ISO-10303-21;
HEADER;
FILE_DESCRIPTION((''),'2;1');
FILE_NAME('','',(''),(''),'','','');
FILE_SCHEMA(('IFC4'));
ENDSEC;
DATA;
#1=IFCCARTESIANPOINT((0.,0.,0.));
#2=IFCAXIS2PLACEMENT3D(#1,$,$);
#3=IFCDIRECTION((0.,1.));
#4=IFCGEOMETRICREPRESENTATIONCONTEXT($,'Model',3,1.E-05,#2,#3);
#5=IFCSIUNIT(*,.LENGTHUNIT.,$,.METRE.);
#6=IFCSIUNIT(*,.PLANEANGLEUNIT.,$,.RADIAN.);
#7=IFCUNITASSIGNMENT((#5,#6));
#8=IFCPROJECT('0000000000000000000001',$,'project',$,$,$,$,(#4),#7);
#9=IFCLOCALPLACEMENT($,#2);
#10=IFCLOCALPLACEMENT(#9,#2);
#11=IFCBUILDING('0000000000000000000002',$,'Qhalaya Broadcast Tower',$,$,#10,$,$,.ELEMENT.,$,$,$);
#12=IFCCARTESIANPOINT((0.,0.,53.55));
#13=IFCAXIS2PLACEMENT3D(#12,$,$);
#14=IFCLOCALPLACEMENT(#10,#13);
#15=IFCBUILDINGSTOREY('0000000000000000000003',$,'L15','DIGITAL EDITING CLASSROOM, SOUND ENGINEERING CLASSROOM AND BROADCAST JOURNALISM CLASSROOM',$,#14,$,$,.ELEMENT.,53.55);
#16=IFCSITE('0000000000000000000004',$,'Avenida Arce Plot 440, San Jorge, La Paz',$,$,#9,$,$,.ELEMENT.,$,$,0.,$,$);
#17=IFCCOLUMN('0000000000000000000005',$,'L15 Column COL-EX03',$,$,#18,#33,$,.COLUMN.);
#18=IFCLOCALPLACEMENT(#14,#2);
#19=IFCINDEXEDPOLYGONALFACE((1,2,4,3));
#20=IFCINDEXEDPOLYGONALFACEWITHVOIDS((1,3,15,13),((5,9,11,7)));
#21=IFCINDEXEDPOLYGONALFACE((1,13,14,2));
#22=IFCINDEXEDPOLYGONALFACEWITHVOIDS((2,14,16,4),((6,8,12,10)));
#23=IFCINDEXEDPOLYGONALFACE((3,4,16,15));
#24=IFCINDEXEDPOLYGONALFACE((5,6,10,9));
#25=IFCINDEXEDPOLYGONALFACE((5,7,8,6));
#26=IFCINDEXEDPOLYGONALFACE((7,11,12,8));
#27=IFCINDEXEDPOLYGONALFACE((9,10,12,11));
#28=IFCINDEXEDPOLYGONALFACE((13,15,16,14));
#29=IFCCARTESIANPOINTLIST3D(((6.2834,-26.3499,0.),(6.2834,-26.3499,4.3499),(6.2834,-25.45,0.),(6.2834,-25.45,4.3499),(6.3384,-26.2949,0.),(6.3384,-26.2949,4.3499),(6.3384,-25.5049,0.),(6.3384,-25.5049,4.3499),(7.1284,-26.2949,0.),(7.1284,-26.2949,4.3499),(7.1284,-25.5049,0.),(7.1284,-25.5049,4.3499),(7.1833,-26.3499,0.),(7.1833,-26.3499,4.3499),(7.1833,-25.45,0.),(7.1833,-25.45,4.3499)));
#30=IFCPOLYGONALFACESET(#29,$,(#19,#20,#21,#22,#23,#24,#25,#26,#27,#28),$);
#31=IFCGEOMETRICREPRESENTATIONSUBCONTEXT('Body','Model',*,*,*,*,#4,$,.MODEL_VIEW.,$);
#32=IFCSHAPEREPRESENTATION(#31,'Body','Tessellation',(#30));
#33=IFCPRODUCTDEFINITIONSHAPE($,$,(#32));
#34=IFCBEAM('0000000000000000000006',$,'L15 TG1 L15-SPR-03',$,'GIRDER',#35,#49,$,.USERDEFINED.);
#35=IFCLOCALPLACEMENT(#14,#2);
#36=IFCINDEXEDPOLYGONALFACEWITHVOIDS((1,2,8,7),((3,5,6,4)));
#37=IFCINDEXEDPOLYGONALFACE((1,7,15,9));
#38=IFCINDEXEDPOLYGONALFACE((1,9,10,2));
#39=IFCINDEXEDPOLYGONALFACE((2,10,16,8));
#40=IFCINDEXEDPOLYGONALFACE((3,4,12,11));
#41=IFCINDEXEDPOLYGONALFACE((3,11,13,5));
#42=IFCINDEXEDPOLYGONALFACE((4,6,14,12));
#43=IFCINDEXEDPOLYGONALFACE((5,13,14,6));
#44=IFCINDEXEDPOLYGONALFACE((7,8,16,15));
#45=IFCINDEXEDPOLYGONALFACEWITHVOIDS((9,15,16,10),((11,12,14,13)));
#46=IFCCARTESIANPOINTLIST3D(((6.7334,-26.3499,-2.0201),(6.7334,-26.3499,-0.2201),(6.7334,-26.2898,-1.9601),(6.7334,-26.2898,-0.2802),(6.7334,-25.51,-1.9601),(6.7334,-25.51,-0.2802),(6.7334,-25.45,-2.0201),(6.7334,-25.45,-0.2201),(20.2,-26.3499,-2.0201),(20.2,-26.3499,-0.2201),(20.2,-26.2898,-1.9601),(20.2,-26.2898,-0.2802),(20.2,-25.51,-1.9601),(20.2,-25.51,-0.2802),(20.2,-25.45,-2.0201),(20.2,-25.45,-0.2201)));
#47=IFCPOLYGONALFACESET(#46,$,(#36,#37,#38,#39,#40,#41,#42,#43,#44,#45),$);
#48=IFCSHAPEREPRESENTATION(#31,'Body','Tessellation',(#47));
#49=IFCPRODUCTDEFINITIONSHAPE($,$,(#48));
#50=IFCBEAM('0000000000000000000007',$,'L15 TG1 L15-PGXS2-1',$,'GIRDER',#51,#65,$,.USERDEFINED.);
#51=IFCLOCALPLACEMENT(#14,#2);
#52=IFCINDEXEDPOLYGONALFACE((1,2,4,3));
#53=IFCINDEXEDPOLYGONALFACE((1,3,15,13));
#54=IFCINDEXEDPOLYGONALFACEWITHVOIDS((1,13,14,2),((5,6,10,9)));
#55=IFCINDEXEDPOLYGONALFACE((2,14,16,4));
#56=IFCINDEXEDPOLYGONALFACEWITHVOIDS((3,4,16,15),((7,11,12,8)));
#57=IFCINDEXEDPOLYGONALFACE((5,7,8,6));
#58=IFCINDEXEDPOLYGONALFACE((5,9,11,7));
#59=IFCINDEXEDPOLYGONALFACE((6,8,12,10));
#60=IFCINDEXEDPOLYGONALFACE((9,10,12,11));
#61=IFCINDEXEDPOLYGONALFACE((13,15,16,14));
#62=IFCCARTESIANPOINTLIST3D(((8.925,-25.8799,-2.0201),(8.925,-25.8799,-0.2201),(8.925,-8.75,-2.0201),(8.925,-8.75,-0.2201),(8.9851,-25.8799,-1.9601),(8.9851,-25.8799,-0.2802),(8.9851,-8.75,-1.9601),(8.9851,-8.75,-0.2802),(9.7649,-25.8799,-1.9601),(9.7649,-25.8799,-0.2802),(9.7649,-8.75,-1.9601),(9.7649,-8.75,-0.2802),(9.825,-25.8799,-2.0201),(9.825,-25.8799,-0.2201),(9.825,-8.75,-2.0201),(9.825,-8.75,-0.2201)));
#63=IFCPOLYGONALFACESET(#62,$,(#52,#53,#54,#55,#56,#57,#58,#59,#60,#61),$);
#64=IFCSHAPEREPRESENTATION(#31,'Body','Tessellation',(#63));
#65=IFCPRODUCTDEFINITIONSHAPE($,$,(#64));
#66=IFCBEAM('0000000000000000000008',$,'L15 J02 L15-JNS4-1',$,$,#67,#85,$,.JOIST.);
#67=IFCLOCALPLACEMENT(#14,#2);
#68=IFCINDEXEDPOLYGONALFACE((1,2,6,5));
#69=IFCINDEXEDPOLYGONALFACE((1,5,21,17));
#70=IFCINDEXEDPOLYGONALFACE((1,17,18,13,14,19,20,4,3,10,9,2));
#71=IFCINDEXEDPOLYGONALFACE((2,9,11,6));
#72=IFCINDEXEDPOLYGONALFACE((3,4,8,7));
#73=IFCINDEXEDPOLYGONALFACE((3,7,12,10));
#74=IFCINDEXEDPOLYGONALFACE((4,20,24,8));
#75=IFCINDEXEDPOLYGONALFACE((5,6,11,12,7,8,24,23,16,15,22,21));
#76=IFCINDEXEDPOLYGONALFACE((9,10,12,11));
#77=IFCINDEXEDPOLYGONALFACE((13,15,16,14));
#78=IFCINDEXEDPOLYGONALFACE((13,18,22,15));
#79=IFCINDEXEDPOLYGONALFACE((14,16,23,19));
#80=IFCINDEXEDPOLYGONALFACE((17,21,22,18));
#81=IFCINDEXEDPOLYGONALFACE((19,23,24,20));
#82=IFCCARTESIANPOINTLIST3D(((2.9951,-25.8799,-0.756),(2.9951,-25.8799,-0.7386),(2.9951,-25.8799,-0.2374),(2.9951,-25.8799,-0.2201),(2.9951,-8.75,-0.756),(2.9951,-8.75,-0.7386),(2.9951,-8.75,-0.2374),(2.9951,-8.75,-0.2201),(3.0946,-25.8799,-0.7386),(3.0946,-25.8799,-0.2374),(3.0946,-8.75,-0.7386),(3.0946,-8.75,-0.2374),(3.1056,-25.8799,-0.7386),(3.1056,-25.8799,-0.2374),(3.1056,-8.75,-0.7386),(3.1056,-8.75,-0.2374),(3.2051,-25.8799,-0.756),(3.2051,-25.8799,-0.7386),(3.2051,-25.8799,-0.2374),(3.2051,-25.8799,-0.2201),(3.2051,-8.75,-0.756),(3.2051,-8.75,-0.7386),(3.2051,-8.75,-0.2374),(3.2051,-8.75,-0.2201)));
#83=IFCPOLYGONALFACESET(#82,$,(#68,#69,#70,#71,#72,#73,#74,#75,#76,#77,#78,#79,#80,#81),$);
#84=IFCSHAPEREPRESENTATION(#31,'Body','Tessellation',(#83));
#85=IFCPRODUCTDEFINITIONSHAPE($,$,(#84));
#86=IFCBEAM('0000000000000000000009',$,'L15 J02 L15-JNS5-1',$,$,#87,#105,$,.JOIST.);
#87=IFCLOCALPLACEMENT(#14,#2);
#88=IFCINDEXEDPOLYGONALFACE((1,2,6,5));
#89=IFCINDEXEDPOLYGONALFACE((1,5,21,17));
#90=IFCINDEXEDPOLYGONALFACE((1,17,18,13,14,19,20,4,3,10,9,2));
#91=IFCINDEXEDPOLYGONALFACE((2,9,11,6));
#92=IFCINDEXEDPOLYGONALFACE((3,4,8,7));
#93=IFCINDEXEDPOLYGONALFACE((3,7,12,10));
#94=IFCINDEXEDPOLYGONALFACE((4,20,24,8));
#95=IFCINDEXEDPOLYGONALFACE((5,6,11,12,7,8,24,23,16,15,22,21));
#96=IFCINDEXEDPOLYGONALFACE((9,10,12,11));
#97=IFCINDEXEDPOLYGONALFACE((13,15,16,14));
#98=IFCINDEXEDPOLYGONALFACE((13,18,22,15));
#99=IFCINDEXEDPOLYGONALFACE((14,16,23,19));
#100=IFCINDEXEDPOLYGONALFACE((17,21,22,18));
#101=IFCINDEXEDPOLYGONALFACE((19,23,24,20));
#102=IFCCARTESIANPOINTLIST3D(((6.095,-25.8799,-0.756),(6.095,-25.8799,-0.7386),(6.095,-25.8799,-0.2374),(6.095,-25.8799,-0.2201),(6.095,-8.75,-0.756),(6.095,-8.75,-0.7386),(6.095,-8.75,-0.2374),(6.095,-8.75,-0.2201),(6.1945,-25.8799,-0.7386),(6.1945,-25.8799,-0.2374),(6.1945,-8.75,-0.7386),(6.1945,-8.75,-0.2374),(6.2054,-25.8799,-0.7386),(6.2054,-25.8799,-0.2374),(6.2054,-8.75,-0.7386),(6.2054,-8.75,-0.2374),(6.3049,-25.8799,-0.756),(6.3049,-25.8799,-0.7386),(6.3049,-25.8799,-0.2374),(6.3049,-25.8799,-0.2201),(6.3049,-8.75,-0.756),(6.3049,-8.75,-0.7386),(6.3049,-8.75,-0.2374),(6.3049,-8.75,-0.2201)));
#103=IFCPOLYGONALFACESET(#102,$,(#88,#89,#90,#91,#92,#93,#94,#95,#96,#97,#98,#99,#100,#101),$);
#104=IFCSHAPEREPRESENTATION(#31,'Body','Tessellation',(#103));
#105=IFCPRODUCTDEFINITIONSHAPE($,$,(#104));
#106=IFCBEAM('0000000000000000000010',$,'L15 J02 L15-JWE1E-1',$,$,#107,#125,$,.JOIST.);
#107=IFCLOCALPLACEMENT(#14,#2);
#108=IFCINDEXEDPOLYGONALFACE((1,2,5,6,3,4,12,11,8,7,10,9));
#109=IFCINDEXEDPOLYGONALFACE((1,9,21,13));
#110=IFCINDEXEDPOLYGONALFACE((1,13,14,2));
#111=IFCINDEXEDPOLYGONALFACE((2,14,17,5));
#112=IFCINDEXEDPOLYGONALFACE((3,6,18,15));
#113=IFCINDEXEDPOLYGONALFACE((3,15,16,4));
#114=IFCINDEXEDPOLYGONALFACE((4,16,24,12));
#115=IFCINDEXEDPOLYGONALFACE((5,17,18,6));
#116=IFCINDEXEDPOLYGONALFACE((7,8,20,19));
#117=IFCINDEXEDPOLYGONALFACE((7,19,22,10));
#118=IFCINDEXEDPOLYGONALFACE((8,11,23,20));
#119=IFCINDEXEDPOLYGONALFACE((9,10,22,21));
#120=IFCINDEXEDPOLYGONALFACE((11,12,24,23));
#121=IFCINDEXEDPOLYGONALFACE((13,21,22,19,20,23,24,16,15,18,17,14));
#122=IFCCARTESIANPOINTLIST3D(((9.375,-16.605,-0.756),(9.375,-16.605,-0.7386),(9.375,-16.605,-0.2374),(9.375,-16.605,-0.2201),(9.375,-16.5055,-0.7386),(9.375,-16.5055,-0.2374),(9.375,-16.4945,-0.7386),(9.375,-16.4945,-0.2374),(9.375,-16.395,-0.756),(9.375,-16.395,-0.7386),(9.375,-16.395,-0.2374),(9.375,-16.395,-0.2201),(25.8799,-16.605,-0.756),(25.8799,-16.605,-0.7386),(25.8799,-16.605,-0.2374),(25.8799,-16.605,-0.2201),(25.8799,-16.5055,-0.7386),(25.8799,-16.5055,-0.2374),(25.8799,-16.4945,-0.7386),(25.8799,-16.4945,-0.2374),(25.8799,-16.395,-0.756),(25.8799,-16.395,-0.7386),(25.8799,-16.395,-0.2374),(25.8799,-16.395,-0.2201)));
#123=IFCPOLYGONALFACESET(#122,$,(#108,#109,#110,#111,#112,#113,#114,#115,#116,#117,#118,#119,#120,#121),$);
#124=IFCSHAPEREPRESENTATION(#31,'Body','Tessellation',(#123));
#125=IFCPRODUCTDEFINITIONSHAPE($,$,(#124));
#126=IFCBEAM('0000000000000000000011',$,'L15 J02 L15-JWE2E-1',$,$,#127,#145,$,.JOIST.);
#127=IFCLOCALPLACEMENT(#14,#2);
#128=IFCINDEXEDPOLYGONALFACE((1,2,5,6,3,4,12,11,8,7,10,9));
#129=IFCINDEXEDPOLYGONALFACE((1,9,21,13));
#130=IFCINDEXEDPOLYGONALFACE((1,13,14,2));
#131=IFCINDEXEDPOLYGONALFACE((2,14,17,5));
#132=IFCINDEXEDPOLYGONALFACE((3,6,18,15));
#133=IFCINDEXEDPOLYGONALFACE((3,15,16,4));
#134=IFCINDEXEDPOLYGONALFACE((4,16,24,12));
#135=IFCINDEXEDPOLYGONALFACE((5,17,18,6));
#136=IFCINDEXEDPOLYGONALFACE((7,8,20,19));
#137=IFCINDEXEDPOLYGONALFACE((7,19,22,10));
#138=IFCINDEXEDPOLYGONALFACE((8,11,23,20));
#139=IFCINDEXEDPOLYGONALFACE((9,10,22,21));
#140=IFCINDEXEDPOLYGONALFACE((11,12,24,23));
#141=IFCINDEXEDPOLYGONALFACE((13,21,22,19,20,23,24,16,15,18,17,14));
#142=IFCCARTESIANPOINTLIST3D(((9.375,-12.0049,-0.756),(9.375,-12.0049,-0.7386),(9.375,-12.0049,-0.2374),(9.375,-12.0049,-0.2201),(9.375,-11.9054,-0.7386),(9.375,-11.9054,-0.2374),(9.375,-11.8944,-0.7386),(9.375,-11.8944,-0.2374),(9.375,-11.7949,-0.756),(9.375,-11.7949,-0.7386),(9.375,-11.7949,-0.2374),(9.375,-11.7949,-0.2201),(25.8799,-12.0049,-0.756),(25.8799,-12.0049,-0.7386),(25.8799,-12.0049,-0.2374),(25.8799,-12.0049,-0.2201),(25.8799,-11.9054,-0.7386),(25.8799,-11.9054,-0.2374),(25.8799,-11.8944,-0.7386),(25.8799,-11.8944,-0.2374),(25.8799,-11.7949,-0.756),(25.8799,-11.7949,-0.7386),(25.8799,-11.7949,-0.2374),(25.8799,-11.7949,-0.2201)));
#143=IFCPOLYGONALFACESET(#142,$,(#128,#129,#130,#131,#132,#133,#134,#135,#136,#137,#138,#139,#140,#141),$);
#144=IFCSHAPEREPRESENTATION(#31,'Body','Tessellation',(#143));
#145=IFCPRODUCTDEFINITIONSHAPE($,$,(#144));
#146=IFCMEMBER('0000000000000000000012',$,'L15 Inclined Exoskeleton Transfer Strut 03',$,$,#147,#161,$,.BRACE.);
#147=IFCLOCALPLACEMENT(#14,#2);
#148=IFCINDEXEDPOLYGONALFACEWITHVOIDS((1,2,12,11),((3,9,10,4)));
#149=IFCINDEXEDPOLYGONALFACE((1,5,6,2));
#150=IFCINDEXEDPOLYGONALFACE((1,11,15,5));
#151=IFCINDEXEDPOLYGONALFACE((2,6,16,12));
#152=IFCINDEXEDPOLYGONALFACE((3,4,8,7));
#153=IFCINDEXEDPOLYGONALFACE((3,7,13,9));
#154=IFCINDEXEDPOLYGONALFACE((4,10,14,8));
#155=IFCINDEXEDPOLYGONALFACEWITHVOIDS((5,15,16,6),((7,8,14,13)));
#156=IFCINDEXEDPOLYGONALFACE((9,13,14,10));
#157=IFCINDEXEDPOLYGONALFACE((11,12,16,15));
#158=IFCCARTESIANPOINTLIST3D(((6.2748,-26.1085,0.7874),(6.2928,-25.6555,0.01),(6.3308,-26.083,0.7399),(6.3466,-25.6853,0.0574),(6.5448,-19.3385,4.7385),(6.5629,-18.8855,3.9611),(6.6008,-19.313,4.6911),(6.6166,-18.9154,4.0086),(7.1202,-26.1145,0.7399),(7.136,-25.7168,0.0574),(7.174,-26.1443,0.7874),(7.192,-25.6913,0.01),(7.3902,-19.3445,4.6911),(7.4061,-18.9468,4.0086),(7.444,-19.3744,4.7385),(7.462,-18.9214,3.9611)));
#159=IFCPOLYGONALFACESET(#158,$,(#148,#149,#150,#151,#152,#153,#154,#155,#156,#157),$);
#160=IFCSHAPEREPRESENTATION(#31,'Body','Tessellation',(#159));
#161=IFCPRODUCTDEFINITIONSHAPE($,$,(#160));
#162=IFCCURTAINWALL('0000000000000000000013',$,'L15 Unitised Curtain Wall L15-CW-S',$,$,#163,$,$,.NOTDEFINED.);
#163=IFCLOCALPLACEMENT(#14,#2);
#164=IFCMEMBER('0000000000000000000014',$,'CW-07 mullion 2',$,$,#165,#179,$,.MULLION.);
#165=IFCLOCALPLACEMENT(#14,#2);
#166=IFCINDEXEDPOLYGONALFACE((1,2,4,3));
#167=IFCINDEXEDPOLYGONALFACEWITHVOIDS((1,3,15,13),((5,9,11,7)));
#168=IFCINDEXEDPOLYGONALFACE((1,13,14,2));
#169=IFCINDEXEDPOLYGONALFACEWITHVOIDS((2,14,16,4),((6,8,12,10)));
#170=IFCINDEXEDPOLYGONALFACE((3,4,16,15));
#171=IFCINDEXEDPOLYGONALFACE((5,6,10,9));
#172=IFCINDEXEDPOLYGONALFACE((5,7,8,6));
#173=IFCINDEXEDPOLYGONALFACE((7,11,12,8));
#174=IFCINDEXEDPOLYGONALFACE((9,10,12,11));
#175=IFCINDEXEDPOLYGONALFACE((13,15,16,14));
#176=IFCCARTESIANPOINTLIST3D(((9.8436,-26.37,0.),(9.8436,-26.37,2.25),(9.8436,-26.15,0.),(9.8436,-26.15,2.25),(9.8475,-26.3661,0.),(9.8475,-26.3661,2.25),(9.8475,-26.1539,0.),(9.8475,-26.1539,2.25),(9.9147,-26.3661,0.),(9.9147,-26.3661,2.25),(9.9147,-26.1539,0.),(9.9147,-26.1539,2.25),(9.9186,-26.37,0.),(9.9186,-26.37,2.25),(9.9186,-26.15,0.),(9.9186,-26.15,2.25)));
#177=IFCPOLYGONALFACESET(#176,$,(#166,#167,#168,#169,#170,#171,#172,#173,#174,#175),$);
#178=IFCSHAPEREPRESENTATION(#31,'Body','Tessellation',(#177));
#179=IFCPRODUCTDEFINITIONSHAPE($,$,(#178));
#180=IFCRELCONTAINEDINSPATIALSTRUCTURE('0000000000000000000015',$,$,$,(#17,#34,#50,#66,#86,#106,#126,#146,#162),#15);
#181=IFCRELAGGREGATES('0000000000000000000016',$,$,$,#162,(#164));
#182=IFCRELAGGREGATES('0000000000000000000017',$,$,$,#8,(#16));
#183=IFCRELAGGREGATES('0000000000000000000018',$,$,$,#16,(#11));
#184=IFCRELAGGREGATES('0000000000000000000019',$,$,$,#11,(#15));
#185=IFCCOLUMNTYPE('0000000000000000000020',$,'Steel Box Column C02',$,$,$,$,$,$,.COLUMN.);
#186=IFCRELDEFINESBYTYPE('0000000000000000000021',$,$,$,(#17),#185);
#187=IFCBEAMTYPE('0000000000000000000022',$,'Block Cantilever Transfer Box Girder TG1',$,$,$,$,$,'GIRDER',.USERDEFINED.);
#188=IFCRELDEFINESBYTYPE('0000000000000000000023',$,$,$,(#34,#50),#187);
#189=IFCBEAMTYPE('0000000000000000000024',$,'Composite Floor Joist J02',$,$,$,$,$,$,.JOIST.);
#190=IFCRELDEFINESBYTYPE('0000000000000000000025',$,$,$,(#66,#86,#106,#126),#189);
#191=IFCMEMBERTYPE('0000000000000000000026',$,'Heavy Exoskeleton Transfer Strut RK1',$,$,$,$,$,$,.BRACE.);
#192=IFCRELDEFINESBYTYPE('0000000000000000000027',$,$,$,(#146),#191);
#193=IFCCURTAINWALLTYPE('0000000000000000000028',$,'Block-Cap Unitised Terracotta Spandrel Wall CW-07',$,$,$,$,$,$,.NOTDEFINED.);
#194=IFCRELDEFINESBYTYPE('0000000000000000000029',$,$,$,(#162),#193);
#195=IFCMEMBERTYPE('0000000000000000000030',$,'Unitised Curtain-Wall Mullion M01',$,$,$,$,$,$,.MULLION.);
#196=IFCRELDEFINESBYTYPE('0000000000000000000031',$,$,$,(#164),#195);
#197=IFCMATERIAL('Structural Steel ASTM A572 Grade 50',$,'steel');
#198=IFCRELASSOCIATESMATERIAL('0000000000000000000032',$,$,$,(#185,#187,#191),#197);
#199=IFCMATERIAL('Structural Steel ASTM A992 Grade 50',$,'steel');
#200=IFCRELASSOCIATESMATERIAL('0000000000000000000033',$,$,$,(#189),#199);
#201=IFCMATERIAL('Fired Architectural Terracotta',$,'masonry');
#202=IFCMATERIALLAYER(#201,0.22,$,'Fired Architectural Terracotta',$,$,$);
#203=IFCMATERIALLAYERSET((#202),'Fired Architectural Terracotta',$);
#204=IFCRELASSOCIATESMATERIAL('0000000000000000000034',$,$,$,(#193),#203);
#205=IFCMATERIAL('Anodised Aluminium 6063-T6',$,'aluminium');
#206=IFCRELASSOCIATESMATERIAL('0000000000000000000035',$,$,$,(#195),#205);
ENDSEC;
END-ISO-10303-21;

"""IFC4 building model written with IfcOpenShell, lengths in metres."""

from ifc_helpers import new_model, si_unit, direction, frame, origin, origin_2d, place, context, subcontext, project, spatial, hollow_rectangle, i_section, extrude, material, layer, layer_set, material_profile, profile_set, type_object, element, aggregate, save


model = new_model("IFC4")

# Units and contexts
model_context = context("Model", 3, precision=1e-05, world=origin(), true_north=direction((0.0, 1.0)))
body_context = subcontext(model_context, "Body", "Model", "MODEL_VIEW")
ifc_project = project(units=[si_unit("LENGTHUNIT", "METRE"), si_unit("PLANEANGLEUNIT", "RADIAN")], contexts=[model_context])

# Site, building, storey
site_placement = place(None, origin())
site = spatial("IfcSite", under=ifc_project, at=site_placement, Name="Avenida Arce Plot 440, San Jorge, La Paz", CompositionType="ELEMENT", RefElevation=0.0)
building_placement = place(site_placement, origin())
building = spatial("IfcBuilding", under=site, at=building_placement, Name="Qhalaya Broadcast Tower", CompositionType="ELEMENT")
storey_placement = place(building_placement, frame((0.0, 0.0, 53.55)))
storey = spatial("IfcBuildingStorey", under=building, at=storey_placement, Name="L15", Description="DIGITAL EDITING CLASSROOM, SOUND ENGINEERING CLASSROOM AND BROADCAST JOURNALISM CLASSROOM", CompositionType="ELEMENT", Elevation=53.55)

# Column
ifc_material_1 = material(Name="Structural Steel ASTM A572 Grade 50", Category="steel")
ifc_material_profile_1 = material_profile(ifc_material_1, hollow_rectangle(XDim=0.8999, YDim=0.8999, WallThickness=0.0549, at=origin_2d()), Name="BOX 900x900x55")
ifc_profile_set_1 = profile_set([ifc_material_profile_1], Name="Structural Steel ASTM A572 Grade 50")
column_type = type_object("IfcColumnType", Name="Steel Box Column C02", PredefinedType="COLUMN", material=ifc_profile_set_1)
column_placement = place(storey_placement, frame((6.7334, -25.8999, 0.0), z_axis=(0.0, 0.0, 1.0), x_axis=(1.0, 0.0, 0.0)))
element("IfcColumn", 1, at=column_placement, inside=storey, type_object=column_type, Name="L15 Column COL-EX03", PredefinedType="COLUMN", context=body_context, shape_type="SweptSolid", body=[
    extrude(hollow_rectangle(XDim=0.8999, YDim=0.8999, WallThickness=0.0549, at=origin_2d()), origin(), (0.0, 0.0, 1.0), 4.3499),
])

# Beams
ifc_material_profile_2 = material_profile(ifc_material_1, hollow_rectangle(XDim=0.8999, YDim=1.8, WallThickness=0.0601, at=origin_2d()), Name="BOX 900x1800x60")
ifc_profile_set_2 = profile_set([ifc_material_profile_2], Name="Structural Steel ASTM A572 Grade 50")
beam_type_1 = type_object("IfcBeamType", Name="Block Cantilever Transfer Box Girder TG1", ElementType="GIRDER", PredefinedType="USERDEFINED", material=ifc_profile_set_2)
beam_1_placement = place(storey_placement, frame((6.7334, -25.8999, -1.1201), z_axis=(1.0, 0.0, 0.0), x_axis=(0.0, 1.0, 0.0)))
element("IfcBeam", 2, at=beam_1_placement, inside=storey, type_object=beam_type_1, Name="L15 TG1 L15-SPR-03", ObjectType="GIRDER", PredefinedType="USERDEFINED", context=body_context, shape_type="SweptSolid", body=[
    extrude(hollow_rectangle(XDim=0.8999, YDim=1.8, WallThickness=0.0601, at=origin_2d()), origin(), (0.0, 0.0, 1.0), 13.4666),
])
beam_2_placement = place(storey_placement, frame((9.375, -25.8799, -1.1201), z_axis=(0.0, 1.0, 0.0), x_axis=(-1.0, 0.0, 0.0)))
element("IfcBeam", 3, at=beam_2_placement, inside=storey, type_object=beam_type_1, Name="L15 TG1 L15-PGXS2-1", ObjectType="GIRDER", PredefinedType="USERDEFINED", context=body_context, shape_type="SweptSolid", body=[
    extrude(hollow_rectangle(XDim=0.8999, YDim=1.8, WallThickness=0.0601, at=origin_2d()), origin(), (0.0, 0.0, 1.0), 17.1299),
])
ifc_material_2 = material(Name="Structural Steel ASTM A992 Grade 50", Category="steel")
ifc_material_profile_3 = material_profile(ifc_material_2, i_section(OverallWidth=0.21, OverallDepth=0.5359, WebThickness=0.011, FlangeThickness=0.0173, at=origin_2d()), Name="W21X68")
ifc_profile_set_3 = profile_set([ifc_material_profile_3], Name="Structural Steel ASTM A992 Grade 50")
beam_type_2 = type_object("IfcBeamType", Name="Composite Floor Joist J02", PredefinedType="JOIST", material=ifc_profile_set_3)
for number, where, z_axis, x_axis, name in (
    (4, (3.1001, -25.8799, -0.488), (0.0, 1.0, 0.0), (-1.0, 0.0, 0.0), "L15 J02 L15-JNS4-1"),
    (5, (6.2, -25.8799, -0.488), (0.0, 1.0, 0.0), (-1.0, 0.0, 0.0), "L15 J02 L15-JNS5-1"),
):
    element("IfcBeam", number, at=place(storey_placement, frame(where, z_axis=z_axis, x_axis=x_axis)), inside=storey, type_object=beam_type_2, Name=name, PredefinedType="JOIST", context=body_context, shape_type="SweptSolid", body=[
        extrude(i_section(OverallWidth=0.21, OverallDepth=0.5359, WebThickness=0.011, FlangeThickness=0.0173, at=origin_2d()), origin(), (0.0, 0.0, 1.0), 17.1299),
    ])
for number, where, z_axis, x_axis, name in (
    (6, (9.375, -16.5, -0.488), (1.0, 0.0, 0.0), (0.0, 1.0, 0.0), "L15 J02 L15-JWE1E-1"),
    (7, (9.375, -11.8999, -0.488), (1.0, 0.0, 0.0), (0.0, 1.0, 0.0), "L15 J02 L15-JWE2E-1"),
):
    element("IfcBeam", number, at=place(storey_placement, frame(where, z_axis=z_axis, x_axis=x_axis)), inside=storey, type_object=beam_type_2, Name=name, PredefinedType="JOIST", context=body_context, shape_type="SweptSolid", body=[
        extrude(i_section(OverallWidth=0.21, OverallDepth=0.5359, WebThickness=0.011, FlangeThickness=0.0173, at=origin_2d()), origin(), (0.0, 0.0, 1.0), 16.5049),
    ])

# Member
ifc_material_profile_4 = material_profile(ifc_material_1, hollow_rectangle(XDim=0.8999, YDim=0.8999, WallThickness=0.0549, at=origin_2d()), Name="BOX 900x900x55")
ifc_profile_set_4 = profile_set([ifc_material_profile_4], Name="Structural Steel ASTM A572 Grade 50")
member_type_1 = type_object("IfcMemberType", Name="Heavy Exoskeleton Transfer Strut RK1", PredefinedType="BRACE", material=ifc_profile_set_4)
member_1_placement = place(storey_placement, frame((6.7334, -25.8999, 0.3987), z_axis=(0.034427, 0.863156, 0.503762), x_axis=(-0.999206, 0.039853, 0.0)))
element("IfcMember", 8, at=member_1_placement, inside=storey, type_object=member_type_1, Name="L15 Inclined Exoskeleton Transfer Strut 03", PredefinedType="BRACE", context=body_context, shape_type="SweptSolid", body=[
    extrude(hollow_rectangle(XDim=0.8999, YDim=0.8999, WallThickness=0.0549, at=origin_2d()), origin(), (0.0, 0.0, 1.0), 7.8433),
])

# Curtain wall, member
ifc_material_3 = material(Name="Fired Architectural Terracotta", Category="masonry")
ifc_layer_1 = layer(ifc_material_3, 0.22, Name="Fired Architectural Terracotta")
ifc_layer_set_1 = layer_set([ifc_layer_1], Name="Fired Architectural Terracotta")
curtain_wall_type = type_object("IfcCurtainWallType", Name="Block-Cap Unitised Terracotta Spandrel Wall CW-07", PredefinedType="NOTDEFINED", material=ifc_layer_set_1)
curtain_wall_placement = place(storey_placement, origin())
curtain_wall = element("IfcCurtainWall", 9, at=curtain_wall_placement, inside=storey, type_object=curtain_wall_type, Name="L15 Unitised Curtain Wall L15-CW-S", PredefinedType="NOTDEFINED")
ifc_material_4 = material(Name="Anodised Aluminium 6063-T6", Category="aluminium")
ifc_material_profile_5 = material_profile(ifc_material_4, hollow_rectangle(XDim=0.075, YDim=0.22, WallThickness=0.0039, at=origin_2d()), Name="ALU-MUL 75x220x4")
ifc_profile_set_5 = profile_set([ifc_material_profile_5], Name="Anodised Aluminium 6063-T6")
member_type_2 = type_object("IfcMemberType", Name="Unitised Curtain-Wall Mullion M01", PredefinedType="MULLION", material=ifc_profile_set_5)
member_2_placement = place(storey_placement, frame((9.8811, -26.26, 0.0), z_axis=(0.0, 0.0, 1.0), x_axis=(-1.0, 0.0, 0.0)))
member_2 = element("IfcMember", 10, at=member_2_placement, type_object=member_type_2, Name="CW-07 mullion 2", PredefinedType="MULLION", context=body_context, shape_type="SweptSolid", body=[
    extrude(hollow_rectangle(XDim=0.075, YDim=0.22, WallThickness=0.0039, at=origin_2d()), origin(), (0.0, 0.0, 1.0), 2.25),
])

aggregate(curtain_wall, [member_2])

save(model, "model.ifc")
